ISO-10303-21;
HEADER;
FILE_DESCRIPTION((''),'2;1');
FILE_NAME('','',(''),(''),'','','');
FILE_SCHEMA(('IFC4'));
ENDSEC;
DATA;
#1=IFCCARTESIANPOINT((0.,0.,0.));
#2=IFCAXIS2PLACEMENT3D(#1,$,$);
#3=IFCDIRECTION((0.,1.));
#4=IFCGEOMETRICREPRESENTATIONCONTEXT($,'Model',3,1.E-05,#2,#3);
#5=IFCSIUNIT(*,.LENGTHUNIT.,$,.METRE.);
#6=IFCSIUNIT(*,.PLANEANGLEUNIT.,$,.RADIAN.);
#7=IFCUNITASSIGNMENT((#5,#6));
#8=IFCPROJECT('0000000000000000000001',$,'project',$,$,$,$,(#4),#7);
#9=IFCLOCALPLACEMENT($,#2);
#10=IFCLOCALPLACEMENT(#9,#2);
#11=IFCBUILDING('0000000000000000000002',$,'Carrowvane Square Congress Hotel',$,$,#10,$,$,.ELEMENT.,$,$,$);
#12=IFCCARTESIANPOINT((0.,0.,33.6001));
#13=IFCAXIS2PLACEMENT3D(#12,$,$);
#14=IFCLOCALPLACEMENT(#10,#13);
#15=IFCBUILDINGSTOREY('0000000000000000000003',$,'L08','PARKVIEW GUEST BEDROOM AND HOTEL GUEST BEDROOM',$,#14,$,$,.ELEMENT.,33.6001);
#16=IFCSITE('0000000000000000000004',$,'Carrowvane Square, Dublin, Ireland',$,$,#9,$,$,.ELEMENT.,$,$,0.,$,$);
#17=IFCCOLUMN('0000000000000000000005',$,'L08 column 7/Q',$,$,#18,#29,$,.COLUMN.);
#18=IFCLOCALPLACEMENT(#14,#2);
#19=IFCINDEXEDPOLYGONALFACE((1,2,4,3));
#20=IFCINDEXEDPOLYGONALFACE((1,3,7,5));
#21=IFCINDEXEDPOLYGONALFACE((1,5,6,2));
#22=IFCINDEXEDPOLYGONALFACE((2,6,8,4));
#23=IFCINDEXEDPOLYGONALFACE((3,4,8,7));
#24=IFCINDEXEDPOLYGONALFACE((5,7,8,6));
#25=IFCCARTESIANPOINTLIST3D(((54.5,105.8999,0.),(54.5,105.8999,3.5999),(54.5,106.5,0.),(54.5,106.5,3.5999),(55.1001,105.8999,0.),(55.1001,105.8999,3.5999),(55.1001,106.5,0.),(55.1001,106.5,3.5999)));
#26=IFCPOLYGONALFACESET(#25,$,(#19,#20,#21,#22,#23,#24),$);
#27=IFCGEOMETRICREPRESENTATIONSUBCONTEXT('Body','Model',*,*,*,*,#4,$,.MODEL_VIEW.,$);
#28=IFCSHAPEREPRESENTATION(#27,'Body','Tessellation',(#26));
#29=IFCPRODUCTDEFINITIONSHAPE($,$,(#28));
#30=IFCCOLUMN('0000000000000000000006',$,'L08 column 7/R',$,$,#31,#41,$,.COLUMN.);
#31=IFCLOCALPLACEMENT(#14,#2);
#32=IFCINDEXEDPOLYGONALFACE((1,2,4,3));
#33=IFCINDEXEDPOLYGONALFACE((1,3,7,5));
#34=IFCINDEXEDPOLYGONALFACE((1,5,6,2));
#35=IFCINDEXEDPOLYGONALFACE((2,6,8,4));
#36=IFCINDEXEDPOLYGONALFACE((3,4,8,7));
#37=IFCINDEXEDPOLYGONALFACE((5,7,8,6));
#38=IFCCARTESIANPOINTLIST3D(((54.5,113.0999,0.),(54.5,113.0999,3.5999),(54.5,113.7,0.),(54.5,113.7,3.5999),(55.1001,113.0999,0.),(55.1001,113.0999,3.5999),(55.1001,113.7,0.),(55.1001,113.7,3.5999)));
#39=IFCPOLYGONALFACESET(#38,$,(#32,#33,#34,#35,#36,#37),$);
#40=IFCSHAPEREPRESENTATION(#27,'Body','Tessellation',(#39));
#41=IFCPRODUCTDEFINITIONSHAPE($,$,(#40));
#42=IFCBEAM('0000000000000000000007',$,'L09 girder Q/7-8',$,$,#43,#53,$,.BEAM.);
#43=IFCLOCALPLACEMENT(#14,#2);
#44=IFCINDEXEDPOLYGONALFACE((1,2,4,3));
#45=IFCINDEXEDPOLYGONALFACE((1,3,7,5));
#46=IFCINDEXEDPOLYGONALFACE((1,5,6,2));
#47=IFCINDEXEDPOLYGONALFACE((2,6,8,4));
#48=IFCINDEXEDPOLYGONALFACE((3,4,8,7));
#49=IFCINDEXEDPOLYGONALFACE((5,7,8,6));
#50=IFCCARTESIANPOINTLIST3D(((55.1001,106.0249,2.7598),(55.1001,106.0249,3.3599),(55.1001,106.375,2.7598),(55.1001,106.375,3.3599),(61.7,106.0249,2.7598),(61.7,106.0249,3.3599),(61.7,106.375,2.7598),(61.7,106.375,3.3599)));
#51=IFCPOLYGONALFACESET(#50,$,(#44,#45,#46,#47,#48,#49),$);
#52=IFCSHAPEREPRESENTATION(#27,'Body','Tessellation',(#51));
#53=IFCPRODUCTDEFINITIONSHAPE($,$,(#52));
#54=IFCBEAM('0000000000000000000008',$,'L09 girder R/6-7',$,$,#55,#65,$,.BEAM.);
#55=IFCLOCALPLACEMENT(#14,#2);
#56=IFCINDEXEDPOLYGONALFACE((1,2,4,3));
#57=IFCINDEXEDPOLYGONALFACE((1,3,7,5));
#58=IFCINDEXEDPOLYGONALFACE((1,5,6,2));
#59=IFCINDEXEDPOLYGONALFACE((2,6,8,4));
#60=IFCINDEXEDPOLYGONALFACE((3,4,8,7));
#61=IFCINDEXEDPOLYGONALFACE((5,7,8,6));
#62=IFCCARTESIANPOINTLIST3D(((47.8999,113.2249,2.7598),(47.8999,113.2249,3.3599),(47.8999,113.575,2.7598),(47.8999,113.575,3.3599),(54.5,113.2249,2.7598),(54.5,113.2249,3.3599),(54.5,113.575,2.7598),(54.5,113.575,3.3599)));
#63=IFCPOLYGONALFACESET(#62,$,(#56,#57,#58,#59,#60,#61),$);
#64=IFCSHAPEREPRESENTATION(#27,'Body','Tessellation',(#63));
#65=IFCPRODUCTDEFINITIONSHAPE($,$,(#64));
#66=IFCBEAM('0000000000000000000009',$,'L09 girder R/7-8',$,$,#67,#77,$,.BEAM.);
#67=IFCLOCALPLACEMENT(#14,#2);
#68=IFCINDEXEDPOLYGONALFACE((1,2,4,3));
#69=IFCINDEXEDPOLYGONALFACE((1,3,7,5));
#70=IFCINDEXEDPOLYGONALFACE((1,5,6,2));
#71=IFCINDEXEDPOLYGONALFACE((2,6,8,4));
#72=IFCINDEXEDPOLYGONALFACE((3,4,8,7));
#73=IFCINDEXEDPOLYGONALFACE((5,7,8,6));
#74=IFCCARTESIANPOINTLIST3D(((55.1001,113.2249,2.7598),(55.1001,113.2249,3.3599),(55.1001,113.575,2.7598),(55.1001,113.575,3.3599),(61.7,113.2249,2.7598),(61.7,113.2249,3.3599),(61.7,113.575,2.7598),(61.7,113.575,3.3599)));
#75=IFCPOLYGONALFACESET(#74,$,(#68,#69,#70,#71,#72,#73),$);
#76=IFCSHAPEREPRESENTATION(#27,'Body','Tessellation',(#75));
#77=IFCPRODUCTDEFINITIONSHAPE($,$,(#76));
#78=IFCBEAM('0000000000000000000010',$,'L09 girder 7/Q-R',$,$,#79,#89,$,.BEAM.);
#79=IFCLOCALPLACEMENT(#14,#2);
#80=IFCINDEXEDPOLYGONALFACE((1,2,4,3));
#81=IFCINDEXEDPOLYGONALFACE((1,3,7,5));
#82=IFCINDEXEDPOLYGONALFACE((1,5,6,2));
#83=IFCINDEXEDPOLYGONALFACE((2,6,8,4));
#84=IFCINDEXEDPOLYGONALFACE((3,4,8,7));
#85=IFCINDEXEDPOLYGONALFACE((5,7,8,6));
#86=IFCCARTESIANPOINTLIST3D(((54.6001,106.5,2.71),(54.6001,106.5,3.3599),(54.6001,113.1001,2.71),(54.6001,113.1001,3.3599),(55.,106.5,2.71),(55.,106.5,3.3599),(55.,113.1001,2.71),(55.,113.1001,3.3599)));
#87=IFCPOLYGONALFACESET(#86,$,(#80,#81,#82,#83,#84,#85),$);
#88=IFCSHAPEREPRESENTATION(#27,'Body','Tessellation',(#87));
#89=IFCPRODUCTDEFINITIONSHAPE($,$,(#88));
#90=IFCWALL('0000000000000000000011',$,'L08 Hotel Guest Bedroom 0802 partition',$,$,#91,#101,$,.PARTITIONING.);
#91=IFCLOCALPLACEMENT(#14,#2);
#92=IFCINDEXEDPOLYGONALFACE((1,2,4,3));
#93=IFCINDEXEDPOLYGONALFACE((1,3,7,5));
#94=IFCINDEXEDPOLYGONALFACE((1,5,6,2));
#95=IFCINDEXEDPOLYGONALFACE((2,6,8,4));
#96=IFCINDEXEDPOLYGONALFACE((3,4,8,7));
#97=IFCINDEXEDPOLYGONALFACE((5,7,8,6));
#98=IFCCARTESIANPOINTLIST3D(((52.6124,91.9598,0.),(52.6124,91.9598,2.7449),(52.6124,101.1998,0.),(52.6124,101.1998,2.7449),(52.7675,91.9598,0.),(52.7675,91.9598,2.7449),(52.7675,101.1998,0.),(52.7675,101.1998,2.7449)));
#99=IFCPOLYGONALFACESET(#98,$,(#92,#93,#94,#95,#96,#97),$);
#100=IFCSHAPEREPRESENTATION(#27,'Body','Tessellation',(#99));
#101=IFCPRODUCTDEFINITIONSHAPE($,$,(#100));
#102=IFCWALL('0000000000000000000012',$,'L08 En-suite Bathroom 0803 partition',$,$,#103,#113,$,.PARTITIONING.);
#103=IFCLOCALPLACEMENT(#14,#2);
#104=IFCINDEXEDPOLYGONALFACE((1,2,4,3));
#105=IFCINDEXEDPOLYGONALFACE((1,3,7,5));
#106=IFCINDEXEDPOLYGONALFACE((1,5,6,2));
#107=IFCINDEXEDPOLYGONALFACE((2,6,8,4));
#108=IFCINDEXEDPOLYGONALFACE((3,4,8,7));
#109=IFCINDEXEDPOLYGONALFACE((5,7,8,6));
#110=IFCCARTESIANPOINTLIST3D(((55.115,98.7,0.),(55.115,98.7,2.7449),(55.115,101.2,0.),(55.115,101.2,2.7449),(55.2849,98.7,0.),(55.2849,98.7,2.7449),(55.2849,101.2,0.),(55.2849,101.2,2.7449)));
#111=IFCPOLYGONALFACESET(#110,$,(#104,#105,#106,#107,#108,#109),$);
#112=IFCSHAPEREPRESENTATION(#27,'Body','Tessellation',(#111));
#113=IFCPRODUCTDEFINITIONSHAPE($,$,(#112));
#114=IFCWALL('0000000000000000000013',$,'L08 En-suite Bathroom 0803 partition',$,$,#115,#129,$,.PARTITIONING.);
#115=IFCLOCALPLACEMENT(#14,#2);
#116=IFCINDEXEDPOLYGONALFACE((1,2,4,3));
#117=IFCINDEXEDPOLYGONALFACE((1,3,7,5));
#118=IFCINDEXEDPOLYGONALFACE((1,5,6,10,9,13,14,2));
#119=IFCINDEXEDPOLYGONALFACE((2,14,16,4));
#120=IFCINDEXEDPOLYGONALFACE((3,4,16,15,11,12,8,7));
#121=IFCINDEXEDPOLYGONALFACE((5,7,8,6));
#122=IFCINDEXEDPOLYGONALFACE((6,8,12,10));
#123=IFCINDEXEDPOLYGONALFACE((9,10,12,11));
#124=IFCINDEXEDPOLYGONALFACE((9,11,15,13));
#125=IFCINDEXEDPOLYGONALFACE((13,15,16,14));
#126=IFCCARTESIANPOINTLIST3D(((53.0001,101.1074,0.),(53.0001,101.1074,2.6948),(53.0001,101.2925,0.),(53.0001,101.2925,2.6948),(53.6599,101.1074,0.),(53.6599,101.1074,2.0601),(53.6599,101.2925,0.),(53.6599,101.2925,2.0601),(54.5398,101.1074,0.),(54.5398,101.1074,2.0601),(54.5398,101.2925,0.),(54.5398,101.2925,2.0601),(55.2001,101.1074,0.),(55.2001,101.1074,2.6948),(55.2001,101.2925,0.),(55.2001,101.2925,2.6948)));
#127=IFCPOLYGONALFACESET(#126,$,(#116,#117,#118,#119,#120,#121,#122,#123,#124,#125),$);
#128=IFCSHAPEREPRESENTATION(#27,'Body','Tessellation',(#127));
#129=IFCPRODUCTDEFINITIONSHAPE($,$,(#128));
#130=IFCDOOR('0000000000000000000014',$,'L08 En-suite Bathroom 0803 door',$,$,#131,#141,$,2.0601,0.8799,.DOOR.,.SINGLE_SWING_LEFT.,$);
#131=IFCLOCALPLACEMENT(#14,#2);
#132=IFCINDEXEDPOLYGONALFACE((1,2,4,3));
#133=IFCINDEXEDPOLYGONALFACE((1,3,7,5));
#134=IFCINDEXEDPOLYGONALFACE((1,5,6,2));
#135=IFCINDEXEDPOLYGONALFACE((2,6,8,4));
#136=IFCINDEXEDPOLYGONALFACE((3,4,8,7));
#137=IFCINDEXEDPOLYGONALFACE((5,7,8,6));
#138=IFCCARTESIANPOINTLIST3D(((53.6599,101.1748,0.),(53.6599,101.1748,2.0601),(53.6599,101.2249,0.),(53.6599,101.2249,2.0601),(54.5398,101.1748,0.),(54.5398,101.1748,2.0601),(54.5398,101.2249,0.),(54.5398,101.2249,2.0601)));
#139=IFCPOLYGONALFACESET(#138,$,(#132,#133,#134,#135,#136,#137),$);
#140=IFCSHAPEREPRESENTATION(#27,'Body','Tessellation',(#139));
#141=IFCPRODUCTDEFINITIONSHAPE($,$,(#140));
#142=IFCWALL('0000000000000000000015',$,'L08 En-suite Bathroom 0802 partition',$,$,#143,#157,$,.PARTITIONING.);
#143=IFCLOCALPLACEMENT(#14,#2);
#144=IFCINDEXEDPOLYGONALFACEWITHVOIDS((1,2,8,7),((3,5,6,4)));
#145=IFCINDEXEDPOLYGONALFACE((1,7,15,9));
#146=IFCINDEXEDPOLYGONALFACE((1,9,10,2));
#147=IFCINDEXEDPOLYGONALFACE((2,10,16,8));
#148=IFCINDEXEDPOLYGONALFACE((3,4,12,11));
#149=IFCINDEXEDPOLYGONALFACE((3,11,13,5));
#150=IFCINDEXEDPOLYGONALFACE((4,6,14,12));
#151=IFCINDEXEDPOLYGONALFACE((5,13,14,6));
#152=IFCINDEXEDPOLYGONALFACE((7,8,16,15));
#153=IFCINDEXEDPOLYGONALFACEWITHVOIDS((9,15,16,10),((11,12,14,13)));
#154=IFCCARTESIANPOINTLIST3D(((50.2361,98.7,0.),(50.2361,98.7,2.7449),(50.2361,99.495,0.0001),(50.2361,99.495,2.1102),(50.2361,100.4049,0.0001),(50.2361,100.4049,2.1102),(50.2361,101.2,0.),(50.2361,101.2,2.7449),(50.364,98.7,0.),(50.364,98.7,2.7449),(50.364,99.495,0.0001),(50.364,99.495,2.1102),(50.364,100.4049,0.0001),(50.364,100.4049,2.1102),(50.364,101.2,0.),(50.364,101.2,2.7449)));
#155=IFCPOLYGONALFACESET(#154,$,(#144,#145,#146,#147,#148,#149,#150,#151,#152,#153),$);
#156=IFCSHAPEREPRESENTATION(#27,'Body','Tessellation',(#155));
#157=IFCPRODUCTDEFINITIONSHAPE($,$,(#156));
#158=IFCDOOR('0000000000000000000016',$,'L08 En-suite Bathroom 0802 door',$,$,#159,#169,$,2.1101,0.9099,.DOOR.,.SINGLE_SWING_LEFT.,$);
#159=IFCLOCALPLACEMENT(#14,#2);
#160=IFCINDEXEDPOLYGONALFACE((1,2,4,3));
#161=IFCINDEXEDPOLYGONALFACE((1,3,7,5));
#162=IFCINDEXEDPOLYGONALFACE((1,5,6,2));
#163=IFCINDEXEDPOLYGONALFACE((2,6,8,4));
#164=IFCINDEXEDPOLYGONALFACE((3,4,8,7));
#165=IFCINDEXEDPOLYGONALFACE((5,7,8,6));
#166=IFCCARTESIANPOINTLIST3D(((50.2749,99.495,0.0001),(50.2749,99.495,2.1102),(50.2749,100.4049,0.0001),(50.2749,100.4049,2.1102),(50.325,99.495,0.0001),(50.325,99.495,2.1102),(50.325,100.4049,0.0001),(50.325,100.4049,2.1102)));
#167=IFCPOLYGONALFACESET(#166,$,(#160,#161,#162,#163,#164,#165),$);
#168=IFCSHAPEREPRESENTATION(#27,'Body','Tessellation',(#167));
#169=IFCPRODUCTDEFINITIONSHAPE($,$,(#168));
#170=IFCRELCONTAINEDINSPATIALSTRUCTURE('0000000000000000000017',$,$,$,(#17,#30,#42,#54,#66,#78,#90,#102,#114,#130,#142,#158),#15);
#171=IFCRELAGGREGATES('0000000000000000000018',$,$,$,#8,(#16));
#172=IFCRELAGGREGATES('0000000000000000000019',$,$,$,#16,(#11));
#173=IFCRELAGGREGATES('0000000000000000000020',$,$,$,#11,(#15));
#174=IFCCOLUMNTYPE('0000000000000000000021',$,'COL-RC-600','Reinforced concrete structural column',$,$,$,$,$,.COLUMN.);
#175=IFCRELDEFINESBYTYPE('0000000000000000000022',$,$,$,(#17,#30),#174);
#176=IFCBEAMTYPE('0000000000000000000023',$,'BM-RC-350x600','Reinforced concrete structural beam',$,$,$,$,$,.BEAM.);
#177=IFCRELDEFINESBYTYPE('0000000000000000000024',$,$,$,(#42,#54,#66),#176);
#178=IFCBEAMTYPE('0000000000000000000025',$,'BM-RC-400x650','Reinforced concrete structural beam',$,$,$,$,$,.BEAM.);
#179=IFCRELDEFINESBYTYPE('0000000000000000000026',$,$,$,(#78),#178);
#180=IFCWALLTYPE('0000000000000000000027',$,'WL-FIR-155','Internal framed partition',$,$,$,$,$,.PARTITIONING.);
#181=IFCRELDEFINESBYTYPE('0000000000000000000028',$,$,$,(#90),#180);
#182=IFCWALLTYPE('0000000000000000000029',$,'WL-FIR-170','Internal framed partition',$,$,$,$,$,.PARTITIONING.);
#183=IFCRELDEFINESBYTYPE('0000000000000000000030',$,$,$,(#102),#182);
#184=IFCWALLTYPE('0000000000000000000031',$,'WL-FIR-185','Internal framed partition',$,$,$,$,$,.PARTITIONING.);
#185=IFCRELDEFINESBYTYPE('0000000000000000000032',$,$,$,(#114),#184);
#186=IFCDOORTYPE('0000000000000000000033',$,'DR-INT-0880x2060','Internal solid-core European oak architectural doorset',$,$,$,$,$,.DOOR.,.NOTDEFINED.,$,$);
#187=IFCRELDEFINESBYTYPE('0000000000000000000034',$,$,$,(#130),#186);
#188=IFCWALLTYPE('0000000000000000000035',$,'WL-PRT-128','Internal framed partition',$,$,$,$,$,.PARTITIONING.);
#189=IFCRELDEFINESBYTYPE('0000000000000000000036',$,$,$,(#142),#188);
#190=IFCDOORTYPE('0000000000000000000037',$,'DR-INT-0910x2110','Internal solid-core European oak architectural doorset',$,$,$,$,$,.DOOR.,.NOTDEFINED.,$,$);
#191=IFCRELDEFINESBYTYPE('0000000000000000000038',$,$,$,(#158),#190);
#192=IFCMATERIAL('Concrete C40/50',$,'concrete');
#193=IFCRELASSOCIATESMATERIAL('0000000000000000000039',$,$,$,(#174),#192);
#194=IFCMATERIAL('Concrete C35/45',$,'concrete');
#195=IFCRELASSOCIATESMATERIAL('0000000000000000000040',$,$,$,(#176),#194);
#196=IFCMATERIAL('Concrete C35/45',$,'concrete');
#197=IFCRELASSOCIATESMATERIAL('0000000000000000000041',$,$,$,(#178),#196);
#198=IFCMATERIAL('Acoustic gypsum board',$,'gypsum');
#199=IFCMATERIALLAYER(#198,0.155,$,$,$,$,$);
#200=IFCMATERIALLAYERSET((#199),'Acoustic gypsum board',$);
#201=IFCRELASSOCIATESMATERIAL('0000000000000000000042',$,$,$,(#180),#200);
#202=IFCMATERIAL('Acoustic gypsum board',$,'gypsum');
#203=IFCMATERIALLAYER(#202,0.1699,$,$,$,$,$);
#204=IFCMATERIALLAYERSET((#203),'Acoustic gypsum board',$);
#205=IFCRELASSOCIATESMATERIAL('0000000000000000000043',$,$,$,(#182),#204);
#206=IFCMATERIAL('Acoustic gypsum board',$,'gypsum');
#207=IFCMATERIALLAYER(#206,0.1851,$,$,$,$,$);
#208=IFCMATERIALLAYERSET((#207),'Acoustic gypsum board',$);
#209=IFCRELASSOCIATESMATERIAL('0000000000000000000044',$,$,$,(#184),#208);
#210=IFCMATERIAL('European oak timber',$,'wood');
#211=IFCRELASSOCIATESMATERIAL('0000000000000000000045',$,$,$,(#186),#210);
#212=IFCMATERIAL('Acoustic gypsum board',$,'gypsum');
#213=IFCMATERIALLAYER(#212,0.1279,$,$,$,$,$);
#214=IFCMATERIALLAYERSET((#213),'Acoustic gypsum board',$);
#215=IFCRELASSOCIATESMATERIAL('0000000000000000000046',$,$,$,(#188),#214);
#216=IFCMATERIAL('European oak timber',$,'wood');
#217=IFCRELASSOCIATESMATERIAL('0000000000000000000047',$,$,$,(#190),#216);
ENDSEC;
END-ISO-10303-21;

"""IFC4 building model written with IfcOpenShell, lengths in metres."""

from ifc_helpers import new_model, si_unit, direction, frame, frame_2d, origin, origin_2d, place, context, subcontext, project, spatial, rectangle, extrude, material, layer, layer_set, material_profile, profile_set, type_object, element, fill, save


model = new_model("IFC4")

# Units and contexts
model_context = context("Model", 3, precision=1e-05, world=origin(), true_north=direction((0.0, 1.0)))
body_context = subcontext(model_context, "Body", "Model", "MODEL_VIEW")
ifc_project = project(units=[si_unit("LENGTHUNIT", "METRE"), si_unit("PLANEANGLEUNIT", "RADIAN")], contexts=[model_context])

# Site, building, storey
site_placement = place(None, origin())
site = spatial("IfcSite", under=ifc_project, at=site_placement, Name="Carrowvane Square, Dublin, Ireland", CompositionType="ELEMENT", RefElevation=0.0)
building_placement = place(site_placement, origin())
building = spatial("IfcBuilding", under=site, at=building_placement, Name="Carrowvane Square Congress Hotel", CompositionType="ELEMENT")
storey_placement = place(building_placement, frame((0.0, 0.0, 33.6001)))
storey = spatial("IfcBuildingStorey", under=building, at=storey_placement, Name="L08", Description="PARKVIEW GUEST BEDROOM AND HOTEL GUEST BEDROOM", CompositionType="ELEMENT", Elevation=33.6001)

# Columns
ifc_material_1 = material(Name="Concrete C40/50", Category="concrete")
ifc_material_profile_1 = material_profile(ifc_material_1, rectangle(XDim=0.6001, YDim=0.6001, at=origin_2d()), Name="RC 600x600")
ifc_profile_set_1 = profile_set([ifc_material_profile_1], Name="Concrete C40/50")
column_type = type_object("IfcColumnType", Name="COL-RC-600", Description="Reinforced concrete structural column", PredefinedType="COLUMN", material=ifc_profile_set_1)
for number, where, z_axis, x_axis, name in (
    (1, (54.8, 106.2, 0.0), (0.0, 0.0, 1.0), (1.0, 0.0, 0.0), "L08 column 7/Q"),
    (2, (54.8, 113.3999, 0.0), (0.0, 0.0, 1.0), (1.0, 0.0, 0.0), "L08 column 7/R"),
):
    element("IfcColumn", number, at=place(storey_placement, frame(where, z_axis=z_axis, x_axis=x_axis)), inside=storey, type_object=column_type, Name=name, PredefinedType="COLUMN", context=body_context, shape_type="SweptSolid", body=[
        extrude(rectangle(XDim=0.6001, YDim=0.6001, at=origin_2d()), origin(), (0.0, 0.0, 1.0), 3.5999),
    ])

# Beams
ifc_material_2 = material(Name="Concrete C35/45", Category="concrete")
ifc_material_profile_2 = material_profile(ifc_material_2, rectangle(XDim=0.3501, YDim=0.6001, at=origin_2d()), Name="RC 350x600")
ifc_profile_set_2 = profile_set([ifc_material_profile_2], Name="Concrete C35/45")
beam_type_1 = type_object("IfcBeamType", Name="BM-RC-350x600", Description="Reinforced concrete structural beam", PredefinedType="BEAM", material=ifc_profile_set_2)
beam_1_placement = place(storey_placement, frame((55.1001, 106.2, 3.0598), z_axis=(1.0, 0.0, 0.0), x_axis=(0.0, 1.0, 0.0)))
element("IfcBeam", 3, at=beam_1_placement, inside=storey, type_object=beam_type_1, Name="L09 girder Q/7-8", PredefinedType="BEAM", context=body_context, shape_type="SweptSolid", body=[
    extrude(rectangle(XDim=0.3501, YDim=0.6001, at=origin_2d()), origin(), (0.0, 0.0, 1.0), 6.5999),
])
beam_2_placement = place(storey_placement, frame((47.8999, 113.3999, 3.0598), z_axis=(1.0, 0.0, 0.0), x_axis=(0.0, 1.0, 0.0)))
element("IfcBeam", 4, at=beam_2_placement, inside=storey, type_object=beam_type_1, Name="L09 girder R/6-7", PredefinedType="BEAM", context=body_context, shape_type="SweptSolid", body=[
    extrude(rectangle(XDim=0.3501, YDim=0.6001, at=origin_2d()), origin(), (0.0, 0.0, 1.0), 6.6001),
])
beam_3_placement = place(storey_placement, frame((55.1001, 113.3999, 3.0598), z_axis=(1.0, 0.0, 0.0), x_axis=(0.0, 1.0, 0.0)))
element("IfcBeam", 5, at=beam_3_placement, inside=storey, type_object=beam_type_1, Name="L09 girder R/7-8", PredefinedType="BEAM", context=body_context, shape_type="SweptSolid", body=[
    extrude(rectangle(XDim=0.3501, YDim=0.6001, at=origin_2d()), origin(), (0.0, 0.0, 1.0), 6.5999),
])
ifc_material_3 = material(Name="Concrete C35/45", Category="concrete")
ifc_material_profile_3 = material_profile(ifc_material_3, rectangle(XDim=0.3999, YDim=0.6499, at=origin_2d()), Name="RC 400x650")
ifc_profile_set_3 = profile_set([ifc_material_profile_3], Name="Concrete C35/45")
beam_type_2 = type_object("IfcBeamType", Name="BM-RC-400x650", Description="Reinforced concrete structural beam", PredefinedType="BEAM", material=ifc_profile_set_3)
beam_4_placement = place(storey_placement, frame((54.8, 106.5, 3.0349), z_axis=(0.0, 1.0, 0.0), x_axis=(-1.0, 0.0, 0.0)))
element("IfcBeam", 6, at=beam_4_placement, inside=storey, type_object=beam_type_2, Name="L09 girder 7/Q-R", PredefinedType="BEAM", context=body_context, shape_type="SweptSolid", body=[
    extrude(rectangle(XDim=0.3999, YDim=0.6499, at=origin_2d()), origin(), (0.0, 0.0, 1.0), 6.6001),
])

# Walls
ifc_material_4 = material(Name="Acoustic gypsum board", Category="gypsum")
ifc_layer_1 = layer(ifc_material_4, 0.155)
ifc_layer_set_1 = layer_set([ifc_layer_1], Name="Acoustic gypsum board")
wall_type_1 = type_object("IfcWallType", Name="WL-FIR-155", Description="Internal framed partition", PredefinedType="PARTITIONING", material=ifc_layer_set_1)
wall_1_placement = place(storey_placement, frame((52.6899, 101.2, 0.0), z_axis=(0.0, 0.0, 1.0), x_axis=(0.0, -1.0, 0.0)))
element("IfcWall", 7, at=wall_1_placement, inside=storey, type_object=wall_type_1, Name="L08 Hotel Guest Bedroom 0802 partition", PredefinedType="PARTITIONING", context=body_context, shape_type="SweptSolid", body=[
    extrude(rectangle(XDim=9.24, YDim=0.155, at=frame_2d((4.6201, 0.0))), origin(), (0.0, 0.0, 1.0), 2.7449),
])
ifc_material_5 = material(Name="Acoustic gypsum board", Category="gypsum")
ifc_layer_2 = layer(ifc_material_5, 0.1699)
ifc_layer_set_2 = layer_set([ifc_layer_2], Name="Acoustic gypsum board")
wall_type_2 = type_object("IfcWallType", Name="WL-FIR-170", Description="Internal framed partition", PredefinedType="PARTITIONING", material=ifc_layer_set_2)
wall_2_placement = place(storey_placement, frame((55.2, 101.2, 0.0), z_axis=(0.0, 0.0, 1.0), x_axis=(0.0, -1.0, 0.0)))
element("IfcWall", 8, at=wall_2_placement, inside=storey, type_object=wall_type_2, Name="L08 En-suite Bathroom 0803 partition", PredefinedType="PARTITIONING", context=body_context, shape_type="SweptSolid", body=[
    extrude(rectangle(XDim=2.5, YDim=0.1699, at=frame_2d((1.25, 0.0))), origin(), (0.0, 0.0, 1.0), 2.7449),
])

# Walls, openings, doors
ifc_material_6 = material(Name="Acoustic gypsum board", Category="gypsum")
ifc_layer_3 = layer(ifc_material_6, 0.1851)
ifc_layer_set_3 = layer_set([ifc_layer_3], Name="Acoustic gypsum board")
wall_type_3 = type_object("IfcWallType", Name="WL-FIR-185", Description="Internal framed partition", PredefinedType="PARTITIONING", material=ifc_layer_set_3)
wall_3_placement = place(storey_placement, frame((53.0, 101.2, 0.0), z_axis=(0.0, 0.0, 1.0), x_axis=(1.0, 0.0, 0.0)))
wall_3 = element("IfcWall", 9, at=wall_3_placement, inside=storey, type_object=wall_type_3, Name="L08 En-suite Bathroom 0803 partition", PredefinedType="PARTITIONING", context=body_context, shape_type="SweptSolid", body=[
    extrude(rectangle(XDim=2.2, YDim=0.1851, at=frame_2d((1.1001, 0.0))), origin(), (0.0, 0.0, 1.0), 2.6948),
])
opening_1_placement = place(wall_3_placement, frame((0.6599, 0.0, 0.0)))
opening_1 = element("IfcOpeningElement", 10, at=opening_1_placement, cuts=wall_3, PredefinedType="OPENING", context=body_context, shape_type="SweptSolid", body=[
    extrude(rectangle(XDim=0.8799, YDim=2.0601, at=frame_2d((0.4399, 1.03))), frame((0.0, 0.1025, 0.0), z_axis=(0.0, -1.0, 0.0), x_axis=(1.0, 0.0, 0.0)), (0.0, 0.0, 1.0), 0.2051),
])
ifc_material_7 = material(Name="European oak timber", Category="wood")
door_type_1 = type_object("IfcDoorType", Name="DR-INT-0880x2060", Description="Internal solid-core European oak architectural doorset", OperationType="NOTDEFINED", PredefinedType="DOOR", material=ifc_material_7)
door_1_placement = place(opening_1_placement, origin())
door_1 = element("IfcDoor", 11, at=door_1_placement, inside=storey, type_object=door_type_1, Name="L08 En-suite Bathroom 0803 door", OperationType="SINGLE_SWING_LEFT", OverallHeight=2.0601, OverallWidth=0.8799, PredefinedType="DOOR", context=body_context, shape_type="SweptSolid", body=[
    extrude(rectangle(XDim=0.8799, YDim=2.0601, at=frame_2d((0.4399, 1.03))), frame((0.0, 0.0249, 0.0), z_axis=(0.0, -1.0, 0.0), x_axis=(1.0, 0.0, 0.0)), (0.0, 0.0, 1.0), 0.05),
])
fill(opening_1, door_1)
ifc_material_8 = material(Name="Acoustic gypsum board", Category="gypsum")
ifc_layer_4 = layer(ifc_material_8, 0.1279)
ifc_layer_set_4 = layer_set([ifc_layer_4], Name="Acoustic gypsum board")
wall_type_4 = type_object("IfcWallType", Name="WL-PRT-128", Description="Internal framed partition", PredefinedType="PARTITIONING", material=ifc_layer_set_4)
wall_4_placement = place(storey_placement, frame((50.3, 101.2, 0.0), z_axis=(0.0, 0.0, 1.0), x_axis=(0.0, -1.0, 0.0)))
wall_4 = element("IfcWall", 12, at=wall_4_placement, inside=storey, type_object=wall_type_4, Name="L08 En-suite Bathroom 0802 partition", PredefinedType="PARTITIONING", context=body_context, shape_type="SweptSolid", body=[
    extrude(rectangle(XDim=2.5, YDim=0.1279, at=frame_2d((1.25, 0.0))), origin(), (0.0, 0.0, 1.0), 2.7449),
])
opening_2_placement = place(wall_4_placement, frame((0.7949, 0.0, 0.0)))
opening_2 = element("IfcOpeningElement", 13, at=opening_2_placement, cuts=wall_4, PredefinedType="OPENING", context=body_context, shape_type="SweptSolid", body=[
    extrude(rectangle(XDim=0.9099, YDim=2.1101, at=frame_2d((0.4551, 1.0552))), frame((0.0, 0.074, 0.0), z_axis=(0.0, -1.0, 0.0), x_axis=(1.0, 0.0, 0.0)), (0.0, 0.0, 1.0), 0.1479),
])
ifc_material_9 = material(Name="European oak timber", Category="wood")
door_type_2 = type_object("IfcDoorType", Name="DR-INT-0910x2110", Description="Internal solid-core European oak architectural doorset", OperationType="NOTDEFINED", PredefinedType="DOOR", material=ifc_material_9)
door_2_placement = place(opening_2_placement, origin())
door_2 = element("IfcDoor", 14, at=door_2_placement, inside=storey, type_object=door_type_2, Name="L08 En-suite Bathroom 0802 door", OperationType="SINGLE_SWING_LEFT", OverallHeight=2.1101, OverallWidth=0.9099, PredefinedType="DOOR", context=body_context, shape_type="SweptSolid", body=[
    extrude(rectangle(XDim=0.9099, YDim=2.1101, at=frame_2d((0.4551, 1.0552))), frame((0.0, 0.0249, 0.0), z_axis=(0.0, -1.0, 0.0), x_axis=(1.0, 0.0, 0.0)), (0.0, 0.0, 1.0), 0.05),
])
fill(opening_2, door_2)

save(model, "model.ifc")
